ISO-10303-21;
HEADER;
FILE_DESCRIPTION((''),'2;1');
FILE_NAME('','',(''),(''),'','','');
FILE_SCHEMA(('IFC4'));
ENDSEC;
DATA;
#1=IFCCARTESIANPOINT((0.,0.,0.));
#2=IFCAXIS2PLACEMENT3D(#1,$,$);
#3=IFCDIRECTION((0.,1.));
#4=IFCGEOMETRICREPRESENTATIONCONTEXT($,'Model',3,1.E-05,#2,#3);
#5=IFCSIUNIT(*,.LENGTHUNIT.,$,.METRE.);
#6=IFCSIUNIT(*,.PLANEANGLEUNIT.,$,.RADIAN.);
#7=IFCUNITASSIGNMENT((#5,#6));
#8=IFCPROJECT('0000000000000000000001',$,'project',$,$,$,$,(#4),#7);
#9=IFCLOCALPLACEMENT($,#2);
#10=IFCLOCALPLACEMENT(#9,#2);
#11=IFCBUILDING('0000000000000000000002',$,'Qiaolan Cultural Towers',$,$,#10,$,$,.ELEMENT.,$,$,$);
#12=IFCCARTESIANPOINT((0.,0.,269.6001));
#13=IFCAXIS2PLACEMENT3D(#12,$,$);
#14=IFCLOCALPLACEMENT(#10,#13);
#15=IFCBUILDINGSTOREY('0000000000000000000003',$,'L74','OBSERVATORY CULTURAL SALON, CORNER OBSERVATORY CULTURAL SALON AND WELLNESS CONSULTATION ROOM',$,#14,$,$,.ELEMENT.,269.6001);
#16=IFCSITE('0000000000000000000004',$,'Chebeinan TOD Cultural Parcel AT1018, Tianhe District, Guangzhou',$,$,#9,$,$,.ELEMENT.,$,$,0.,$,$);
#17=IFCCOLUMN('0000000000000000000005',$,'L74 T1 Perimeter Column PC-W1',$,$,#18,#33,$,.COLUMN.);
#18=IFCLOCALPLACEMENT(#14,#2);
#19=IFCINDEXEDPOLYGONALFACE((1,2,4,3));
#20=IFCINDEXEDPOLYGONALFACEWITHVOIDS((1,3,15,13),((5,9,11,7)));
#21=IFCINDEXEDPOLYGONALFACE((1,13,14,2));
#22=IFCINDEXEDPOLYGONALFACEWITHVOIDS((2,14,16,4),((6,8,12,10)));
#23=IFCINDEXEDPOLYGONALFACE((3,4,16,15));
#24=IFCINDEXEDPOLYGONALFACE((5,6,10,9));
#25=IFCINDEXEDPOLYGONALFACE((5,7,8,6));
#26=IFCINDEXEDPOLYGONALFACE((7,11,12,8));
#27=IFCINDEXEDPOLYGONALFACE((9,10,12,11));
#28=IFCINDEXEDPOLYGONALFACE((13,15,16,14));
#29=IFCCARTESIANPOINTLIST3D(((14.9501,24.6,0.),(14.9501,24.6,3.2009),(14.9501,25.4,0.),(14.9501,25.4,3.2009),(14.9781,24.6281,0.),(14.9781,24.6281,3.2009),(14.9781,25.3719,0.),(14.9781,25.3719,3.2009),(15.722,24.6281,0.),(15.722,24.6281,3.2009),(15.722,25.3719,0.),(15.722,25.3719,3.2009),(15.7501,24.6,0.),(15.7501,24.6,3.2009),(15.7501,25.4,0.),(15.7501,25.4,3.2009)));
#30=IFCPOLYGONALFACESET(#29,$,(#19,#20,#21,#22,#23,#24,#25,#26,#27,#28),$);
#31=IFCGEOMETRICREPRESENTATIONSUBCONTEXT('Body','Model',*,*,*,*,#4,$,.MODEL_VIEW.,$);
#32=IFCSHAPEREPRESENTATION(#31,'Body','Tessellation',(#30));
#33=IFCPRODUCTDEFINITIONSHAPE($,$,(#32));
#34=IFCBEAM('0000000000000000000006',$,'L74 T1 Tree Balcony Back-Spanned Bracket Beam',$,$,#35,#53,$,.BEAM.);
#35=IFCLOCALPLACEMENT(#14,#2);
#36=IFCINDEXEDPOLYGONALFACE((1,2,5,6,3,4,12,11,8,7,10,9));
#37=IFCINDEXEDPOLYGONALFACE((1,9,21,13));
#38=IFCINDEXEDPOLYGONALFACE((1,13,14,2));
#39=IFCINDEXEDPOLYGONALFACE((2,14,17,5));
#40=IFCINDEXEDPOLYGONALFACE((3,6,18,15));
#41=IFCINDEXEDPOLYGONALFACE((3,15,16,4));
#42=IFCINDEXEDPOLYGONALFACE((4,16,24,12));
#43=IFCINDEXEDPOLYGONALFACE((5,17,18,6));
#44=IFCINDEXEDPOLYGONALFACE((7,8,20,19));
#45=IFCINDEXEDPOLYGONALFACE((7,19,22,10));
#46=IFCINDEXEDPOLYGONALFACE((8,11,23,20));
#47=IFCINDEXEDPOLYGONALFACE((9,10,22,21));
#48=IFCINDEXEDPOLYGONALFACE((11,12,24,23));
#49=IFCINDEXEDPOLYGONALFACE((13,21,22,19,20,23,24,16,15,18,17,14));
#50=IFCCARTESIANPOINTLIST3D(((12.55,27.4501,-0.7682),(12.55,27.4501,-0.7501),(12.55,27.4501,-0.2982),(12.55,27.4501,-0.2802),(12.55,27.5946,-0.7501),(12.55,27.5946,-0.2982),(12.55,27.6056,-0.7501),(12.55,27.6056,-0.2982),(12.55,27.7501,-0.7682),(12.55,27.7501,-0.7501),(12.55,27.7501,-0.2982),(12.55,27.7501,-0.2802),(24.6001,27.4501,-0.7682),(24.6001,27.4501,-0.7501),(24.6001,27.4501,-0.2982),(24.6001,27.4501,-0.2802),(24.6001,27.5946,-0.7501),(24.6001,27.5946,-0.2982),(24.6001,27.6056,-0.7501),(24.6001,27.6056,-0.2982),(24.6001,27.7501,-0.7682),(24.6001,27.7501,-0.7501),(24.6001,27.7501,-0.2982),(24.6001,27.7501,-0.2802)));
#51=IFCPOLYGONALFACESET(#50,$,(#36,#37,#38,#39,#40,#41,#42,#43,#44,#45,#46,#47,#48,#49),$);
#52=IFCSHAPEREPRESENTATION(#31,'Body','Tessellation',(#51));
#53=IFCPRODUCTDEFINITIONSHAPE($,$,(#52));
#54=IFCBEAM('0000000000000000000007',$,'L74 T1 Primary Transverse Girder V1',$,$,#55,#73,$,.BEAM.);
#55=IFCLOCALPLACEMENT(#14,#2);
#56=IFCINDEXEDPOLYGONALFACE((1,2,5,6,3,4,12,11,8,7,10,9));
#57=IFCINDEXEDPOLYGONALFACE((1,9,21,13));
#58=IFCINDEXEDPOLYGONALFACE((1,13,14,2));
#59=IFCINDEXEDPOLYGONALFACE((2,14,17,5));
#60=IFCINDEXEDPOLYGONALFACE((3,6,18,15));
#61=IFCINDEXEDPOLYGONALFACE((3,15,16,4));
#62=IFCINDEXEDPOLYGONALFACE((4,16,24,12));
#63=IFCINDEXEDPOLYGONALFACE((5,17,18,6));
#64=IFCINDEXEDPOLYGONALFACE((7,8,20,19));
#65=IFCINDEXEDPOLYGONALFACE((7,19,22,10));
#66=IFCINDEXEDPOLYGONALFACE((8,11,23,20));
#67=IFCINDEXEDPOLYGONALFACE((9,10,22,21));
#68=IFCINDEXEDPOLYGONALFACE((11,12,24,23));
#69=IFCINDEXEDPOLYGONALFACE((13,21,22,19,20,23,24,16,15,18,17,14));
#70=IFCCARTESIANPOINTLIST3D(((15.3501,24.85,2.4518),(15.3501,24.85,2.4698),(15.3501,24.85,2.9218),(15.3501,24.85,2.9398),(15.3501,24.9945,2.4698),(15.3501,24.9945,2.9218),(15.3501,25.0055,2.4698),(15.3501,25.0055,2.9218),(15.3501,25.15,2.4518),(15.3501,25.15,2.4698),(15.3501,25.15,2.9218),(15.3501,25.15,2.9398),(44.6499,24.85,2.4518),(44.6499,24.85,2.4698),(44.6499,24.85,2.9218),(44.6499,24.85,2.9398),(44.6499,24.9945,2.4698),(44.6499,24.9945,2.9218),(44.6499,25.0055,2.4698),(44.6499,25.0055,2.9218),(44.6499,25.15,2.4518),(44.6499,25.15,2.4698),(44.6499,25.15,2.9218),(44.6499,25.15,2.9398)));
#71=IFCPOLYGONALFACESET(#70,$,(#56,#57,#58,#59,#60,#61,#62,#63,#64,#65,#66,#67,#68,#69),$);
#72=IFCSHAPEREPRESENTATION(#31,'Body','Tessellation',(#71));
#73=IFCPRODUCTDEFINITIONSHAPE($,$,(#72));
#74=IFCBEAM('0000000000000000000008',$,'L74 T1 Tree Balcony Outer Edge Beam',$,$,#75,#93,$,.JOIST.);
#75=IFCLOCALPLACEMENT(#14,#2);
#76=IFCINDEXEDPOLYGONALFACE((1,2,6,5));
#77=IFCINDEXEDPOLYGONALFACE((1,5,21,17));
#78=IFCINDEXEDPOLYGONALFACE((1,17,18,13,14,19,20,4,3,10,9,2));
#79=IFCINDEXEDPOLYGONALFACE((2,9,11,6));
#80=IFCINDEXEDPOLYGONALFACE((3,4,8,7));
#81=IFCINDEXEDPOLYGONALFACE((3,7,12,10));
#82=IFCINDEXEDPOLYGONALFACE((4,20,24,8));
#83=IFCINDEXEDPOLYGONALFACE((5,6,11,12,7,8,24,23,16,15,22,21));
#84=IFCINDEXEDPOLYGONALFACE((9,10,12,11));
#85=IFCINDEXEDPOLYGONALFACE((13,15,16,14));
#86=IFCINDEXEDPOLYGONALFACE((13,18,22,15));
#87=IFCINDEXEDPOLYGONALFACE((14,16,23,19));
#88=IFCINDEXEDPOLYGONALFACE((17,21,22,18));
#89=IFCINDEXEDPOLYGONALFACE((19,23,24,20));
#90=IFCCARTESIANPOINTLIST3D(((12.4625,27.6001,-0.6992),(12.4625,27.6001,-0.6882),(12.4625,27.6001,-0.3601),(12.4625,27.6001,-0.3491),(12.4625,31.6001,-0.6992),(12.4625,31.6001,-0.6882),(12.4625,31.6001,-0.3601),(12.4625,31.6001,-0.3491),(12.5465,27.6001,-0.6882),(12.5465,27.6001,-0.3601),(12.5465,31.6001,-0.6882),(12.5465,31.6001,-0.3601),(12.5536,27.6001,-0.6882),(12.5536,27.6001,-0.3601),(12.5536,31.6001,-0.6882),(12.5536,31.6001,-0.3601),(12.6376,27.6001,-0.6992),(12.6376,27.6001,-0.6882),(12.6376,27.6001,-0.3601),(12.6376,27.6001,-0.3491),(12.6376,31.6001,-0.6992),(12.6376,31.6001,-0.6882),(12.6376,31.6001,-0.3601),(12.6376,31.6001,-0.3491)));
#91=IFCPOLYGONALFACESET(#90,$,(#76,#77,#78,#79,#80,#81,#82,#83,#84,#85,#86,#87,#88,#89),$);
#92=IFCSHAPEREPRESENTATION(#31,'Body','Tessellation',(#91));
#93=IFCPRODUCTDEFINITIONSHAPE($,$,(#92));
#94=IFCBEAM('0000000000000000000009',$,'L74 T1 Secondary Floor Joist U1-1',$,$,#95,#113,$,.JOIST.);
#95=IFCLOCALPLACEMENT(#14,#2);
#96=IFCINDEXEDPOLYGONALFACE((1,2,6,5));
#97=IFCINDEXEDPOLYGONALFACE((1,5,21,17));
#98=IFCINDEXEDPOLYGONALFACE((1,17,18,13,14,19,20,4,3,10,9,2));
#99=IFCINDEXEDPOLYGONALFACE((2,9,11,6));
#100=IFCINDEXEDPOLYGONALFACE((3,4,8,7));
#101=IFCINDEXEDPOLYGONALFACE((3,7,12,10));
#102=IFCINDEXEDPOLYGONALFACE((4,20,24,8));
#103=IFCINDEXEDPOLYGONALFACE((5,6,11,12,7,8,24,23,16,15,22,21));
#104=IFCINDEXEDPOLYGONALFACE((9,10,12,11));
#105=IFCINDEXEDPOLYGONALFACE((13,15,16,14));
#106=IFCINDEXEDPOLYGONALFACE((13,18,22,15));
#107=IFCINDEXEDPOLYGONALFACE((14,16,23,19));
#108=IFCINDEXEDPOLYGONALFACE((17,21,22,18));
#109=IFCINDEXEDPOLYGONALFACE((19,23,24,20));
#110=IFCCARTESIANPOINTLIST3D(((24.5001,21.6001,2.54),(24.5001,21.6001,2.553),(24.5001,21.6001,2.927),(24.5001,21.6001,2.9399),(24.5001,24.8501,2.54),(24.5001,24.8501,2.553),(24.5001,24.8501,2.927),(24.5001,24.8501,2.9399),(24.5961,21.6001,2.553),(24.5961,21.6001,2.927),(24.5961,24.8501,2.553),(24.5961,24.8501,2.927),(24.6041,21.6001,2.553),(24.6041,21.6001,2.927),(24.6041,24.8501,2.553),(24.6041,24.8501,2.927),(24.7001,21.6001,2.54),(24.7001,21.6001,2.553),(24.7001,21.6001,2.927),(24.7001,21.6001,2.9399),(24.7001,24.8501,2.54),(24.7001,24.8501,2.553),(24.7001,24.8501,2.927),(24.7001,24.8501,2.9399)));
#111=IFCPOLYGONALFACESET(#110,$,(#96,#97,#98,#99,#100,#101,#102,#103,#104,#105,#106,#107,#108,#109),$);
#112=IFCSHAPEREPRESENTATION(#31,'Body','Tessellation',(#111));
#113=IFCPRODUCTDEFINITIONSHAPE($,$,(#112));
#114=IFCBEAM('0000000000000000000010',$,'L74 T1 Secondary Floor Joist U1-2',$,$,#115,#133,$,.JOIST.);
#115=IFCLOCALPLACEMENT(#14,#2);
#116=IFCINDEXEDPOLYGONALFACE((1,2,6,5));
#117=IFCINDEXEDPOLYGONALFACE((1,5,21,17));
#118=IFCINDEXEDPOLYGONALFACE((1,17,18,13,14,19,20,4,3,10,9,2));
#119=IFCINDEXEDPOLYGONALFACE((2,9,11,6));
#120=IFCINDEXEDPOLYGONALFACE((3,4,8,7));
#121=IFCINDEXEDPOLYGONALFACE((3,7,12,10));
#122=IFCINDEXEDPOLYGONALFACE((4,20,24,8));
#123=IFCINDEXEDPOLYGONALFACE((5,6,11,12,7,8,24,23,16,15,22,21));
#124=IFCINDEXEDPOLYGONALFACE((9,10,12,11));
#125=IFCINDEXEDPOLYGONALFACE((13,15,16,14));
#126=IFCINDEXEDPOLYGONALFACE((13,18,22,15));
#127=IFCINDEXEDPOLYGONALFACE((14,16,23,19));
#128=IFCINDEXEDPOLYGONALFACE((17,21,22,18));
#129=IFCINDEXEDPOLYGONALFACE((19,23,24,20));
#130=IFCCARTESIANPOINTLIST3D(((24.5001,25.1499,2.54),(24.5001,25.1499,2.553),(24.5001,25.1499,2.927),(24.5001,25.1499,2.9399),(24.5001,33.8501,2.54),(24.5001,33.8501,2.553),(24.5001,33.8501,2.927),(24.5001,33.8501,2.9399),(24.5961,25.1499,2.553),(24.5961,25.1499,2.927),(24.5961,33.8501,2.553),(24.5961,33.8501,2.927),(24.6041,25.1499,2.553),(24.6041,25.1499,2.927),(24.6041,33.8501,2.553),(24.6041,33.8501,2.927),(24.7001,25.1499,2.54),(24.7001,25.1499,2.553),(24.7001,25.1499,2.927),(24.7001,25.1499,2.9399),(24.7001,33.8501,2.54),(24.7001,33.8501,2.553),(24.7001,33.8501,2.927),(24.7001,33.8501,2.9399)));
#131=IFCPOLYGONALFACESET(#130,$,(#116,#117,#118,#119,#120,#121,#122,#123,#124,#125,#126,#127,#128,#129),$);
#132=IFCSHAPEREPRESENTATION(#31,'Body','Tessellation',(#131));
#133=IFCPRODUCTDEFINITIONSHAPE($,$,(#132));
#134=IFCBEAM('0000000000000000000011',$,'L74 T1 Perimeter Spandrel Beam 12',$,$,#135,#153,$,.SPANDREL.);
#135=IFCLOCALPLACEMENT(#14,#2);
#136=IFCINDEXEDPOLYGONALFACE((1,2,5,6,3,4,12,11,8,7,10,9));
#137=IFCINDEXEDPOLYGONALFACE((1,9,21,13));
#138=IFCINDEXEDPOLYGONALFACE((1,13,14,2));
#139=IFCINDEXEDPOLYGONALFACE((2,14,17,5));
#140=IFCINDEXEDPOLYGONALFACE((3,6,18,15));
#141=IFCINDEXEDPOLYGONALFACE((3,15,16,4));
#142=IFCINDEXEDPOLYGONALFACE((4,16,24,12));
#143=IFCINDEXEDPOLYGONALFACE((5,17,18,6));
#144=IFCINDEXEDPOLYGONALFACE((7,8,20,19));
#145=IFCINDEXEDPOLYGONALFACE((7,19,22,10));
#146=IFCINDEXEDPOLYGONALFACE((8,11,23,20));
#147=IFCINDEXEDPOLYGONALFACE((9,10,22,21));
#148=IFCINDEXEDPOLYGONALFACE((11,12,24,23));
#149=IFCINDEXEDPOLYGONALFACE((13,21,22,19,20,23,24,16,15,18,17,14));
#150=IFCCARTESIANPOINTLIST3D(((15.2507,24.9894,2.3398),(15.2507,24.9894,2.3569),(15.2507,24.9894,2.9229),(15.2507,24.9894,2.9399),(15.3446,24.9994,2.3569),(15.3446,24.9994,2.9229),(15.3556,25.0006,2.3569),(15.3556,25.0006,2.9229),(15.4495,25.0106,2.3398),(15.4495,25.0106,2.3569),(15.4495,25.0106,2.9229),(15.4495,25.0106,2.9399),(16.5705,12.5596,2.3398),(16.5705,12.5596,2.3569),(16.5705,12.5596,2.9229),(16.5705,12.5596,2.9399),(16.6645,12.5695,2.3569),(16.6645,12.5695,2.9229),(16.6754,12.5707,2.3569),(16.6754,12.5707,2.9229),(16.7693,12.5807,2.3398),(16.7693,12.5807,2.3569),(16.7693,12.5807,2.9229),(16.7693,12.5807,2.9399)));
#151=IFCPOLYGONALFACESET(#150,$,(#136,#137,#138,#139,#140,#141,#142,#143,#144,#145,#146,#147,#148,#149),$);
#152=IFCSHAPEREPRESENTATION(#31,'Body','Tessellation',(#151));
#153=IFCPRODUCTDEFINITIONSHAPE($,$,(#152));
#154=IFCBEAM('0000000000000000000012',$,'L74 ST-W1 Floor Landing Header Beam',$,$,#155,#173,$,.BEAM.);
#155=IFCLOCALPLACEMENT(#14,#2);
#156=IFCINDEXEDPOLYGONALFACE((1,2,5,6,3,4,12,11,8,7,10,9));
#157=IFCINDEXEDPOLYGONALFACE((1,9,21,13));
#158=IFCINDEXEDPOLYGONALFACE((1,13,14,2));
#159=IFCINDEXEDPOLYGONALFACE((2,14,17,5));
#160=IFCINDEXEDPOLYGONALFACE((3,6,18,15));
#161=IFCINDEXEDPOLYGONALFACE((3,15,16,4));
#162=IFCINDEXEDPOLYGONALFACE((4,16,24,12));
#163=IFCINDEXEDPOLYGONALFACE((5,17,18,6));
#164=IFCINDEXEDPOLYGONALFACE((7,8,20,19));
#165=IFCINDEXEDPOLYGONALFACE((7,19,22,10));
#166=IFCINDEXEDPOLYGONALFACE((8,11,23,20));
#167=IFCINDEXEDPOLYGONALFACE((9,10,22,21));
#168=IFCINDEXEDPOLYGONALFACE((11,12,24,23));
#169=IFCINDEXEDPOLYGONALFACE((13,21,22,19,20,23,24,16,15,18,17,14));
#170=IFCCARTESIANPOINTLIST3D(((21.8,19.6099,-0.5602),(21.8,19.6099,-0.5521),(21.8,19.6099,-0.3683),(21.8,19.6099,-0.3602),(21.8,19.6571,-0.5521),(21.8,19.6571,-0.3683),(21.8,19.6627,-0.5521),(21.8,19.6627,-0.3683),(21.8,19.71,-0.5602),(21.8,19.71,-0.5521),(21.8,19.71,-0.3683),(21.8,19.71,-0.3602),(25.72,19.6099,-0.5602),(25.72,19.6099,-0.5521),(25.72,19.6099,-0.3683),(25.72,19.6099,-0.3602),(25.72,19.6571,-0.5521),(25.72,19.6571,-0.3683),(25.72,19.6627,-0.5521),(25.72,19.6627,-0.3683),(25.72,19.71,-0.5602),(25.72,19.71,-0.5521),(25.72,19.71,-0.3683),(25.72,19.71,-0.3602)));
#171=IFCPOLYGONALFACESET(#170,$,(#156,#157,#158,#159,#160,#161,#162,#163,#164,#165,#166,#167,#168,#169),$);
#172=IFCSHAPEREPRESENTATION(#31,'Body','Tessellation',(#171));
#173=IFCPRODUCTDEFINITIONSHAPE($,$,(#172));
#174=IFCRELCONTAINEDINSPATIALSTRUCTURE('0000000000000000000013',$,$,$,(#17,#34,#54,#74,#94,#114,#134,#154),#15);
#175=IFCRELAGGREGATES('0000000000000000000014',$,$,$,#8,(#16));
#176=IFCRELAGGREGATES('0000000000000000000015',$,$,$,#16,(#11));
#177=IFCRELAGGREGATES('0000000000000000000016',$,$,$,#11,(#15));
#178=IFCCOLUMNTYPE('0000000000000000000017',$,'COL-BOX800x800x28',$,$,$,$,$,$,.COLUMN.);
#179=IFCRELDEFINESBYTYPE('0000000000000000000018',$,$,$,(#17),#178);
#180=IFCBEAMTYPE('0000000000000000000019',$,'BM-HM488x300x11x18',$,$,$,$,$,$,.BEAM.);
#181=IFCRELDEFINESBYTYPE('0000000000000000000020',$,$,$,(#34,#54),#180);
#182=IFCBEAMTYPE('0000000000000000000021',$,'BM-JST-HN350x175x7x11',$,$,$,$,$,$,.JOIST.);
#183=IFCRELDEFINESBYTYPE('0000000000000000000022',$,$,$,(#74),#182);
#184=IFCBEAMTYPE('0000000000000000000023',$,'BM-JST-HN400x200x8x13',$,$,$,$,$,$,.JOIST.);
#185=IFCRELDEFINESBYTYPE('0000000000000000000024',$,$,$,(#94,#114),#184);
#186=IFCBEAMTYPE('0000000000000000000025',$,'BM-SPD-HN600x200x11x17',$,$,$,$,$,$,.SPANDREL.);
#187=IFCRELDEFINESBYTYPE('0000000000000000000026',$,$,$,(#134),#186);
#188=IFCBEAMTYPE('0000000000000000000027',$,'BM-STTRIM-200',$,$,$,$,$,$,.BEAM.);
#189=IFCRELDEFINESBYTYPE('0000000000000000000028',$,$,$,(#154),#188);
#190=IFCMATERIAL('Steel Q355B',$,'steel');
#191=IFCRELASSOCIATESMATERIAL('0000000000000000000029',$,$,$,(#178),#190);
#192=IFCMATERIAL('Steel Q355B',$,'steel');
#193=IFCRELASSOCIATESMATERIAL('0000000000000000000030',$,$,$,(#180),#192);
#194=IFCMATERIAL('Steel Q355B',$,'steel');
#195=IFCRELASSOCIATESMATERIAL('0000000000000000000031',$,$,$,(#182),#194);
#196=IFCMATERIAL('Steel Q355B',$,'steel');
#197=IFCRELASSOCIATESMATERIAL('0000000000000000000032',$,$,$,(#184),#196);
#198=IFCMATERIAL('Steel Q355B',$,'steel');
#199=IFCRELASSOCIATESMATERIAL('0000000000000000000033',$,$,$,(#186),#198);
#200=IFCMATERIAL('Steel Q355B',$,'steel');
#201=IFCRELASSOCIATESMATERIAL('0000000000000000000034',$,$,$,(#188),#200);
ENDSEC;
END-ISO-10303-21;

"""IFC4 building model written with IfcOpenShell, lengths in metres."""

from ifc_helpers import new_model, si_unit, direction, frame, origin, origin_2d, place, context, subcontext, project, spatial, hollow_rectangle, i_section, extrude, material, material_profile, profile_set, type_object, element, save


model = new_model("IFC4")

# Units and contexts
model_context = context("Model", 3, precision=1e-05, world=origin(), true_north=direction((0.0, 1.0)))
body_context = subcontext(model_context, "Body", "Model", "MODEL_VIEW")
ifc_project = project(units=[si_unit("LENGTHUNIT", "METRE"), si_unit("PLANEANGLEUNIT", "RADIAN")], contexts=[model_context])

# Site, building, storey
site_placement = place(None, origin())
site = spatial("IfcSite", under=ifc_project, at=site_placement, Name="Chebeinan TOD Cultural Parcel AT1018, Tianhe District, Guangzhou", CompositionType="ELEMENT", RefElevation=0.0)
building_placement = place(site_placement, origin())
building = spatial("IfcBuilding", under=site, at=building_placement, Name="Qiaolan Cultural Towers", CompositionType="ELEMENT")
storey_placement = place(building_placement, frame((0.0, 0.0, 269.6001)))
storey = spatial("IfcBuildingStorey", under=building, at=storey_placement, Name="L74", Description="OBSERVATORY CULTURAL SALON, CORNER OBSERVATORY CULTURAL SALON AND WELLNESS CONSULTATION ROOM", CompositionType="ELEMENT", Elevation=269.6001)

# Column
ifc_material_1 = material(Name="Steel Q355B", Category="steel")
ifc_material_profile_1 = material_profile(ifc_material_1, hollow_rectangle(XDim=0.8, YDim=0.8, WallThickness=0.0281, at=origin_2d()), Name="BOX800x800x28")
ifc_profile_set_1 = profile_set([ifc_material_profile_1], Name="Steel Q355B")
column_type = type_object("IfcColumnType", Name="COL-BOX800x800x28", PredefinedType="COLUMN", material=ifc_profile_set_1)
column_placement = place(storey_placement, frame((15.3501, 25.0, 0.0), z_axis=(0.0, 0.0, 1.0), x_axis=(1.0, 0.0, 0.0)))
element("IfcColumn", 1, at=column_placement, inside=storey, type_object=column_type, Name="L74 T1 Perimeter Column PC-W1", PredefinedType="COLUMN", context=body_context, shape_type="SweptSolid", body=[
    extrude(hollow_rectangle(XDim=0.8, YDim=0.8, WallThickness=0.0281, at=origin_2d()), origin(), (0.0, 0.0, 1.0), 3.2009),
])

# Beams
ifc_material_2 = material(Name="Steel Q355B", Category="steel")
ifc_material_profile_2 = material_profile(ifc_material_2, i_section(OverallWidth=0.3, OverallDepth=0.488, WebThickness=0.011, FlangeThickness=0.0181, at=origin_2d()), Name="HM488x300x11x18")
ifc_profile_set_2 = profile_set([ifc_material_profile_2], Name="Steel Q355B")
beam_type_1 = type_object("IfcBeamType", Name="BM-HM488x300x11x18", PredefinedType="BEAM", material=ifc_profile_set_2)
beam_1_placement = place(storey_placement, frame((24.6001, 27.6001, -0.5242), z_axis=(-1.0, 0.0, 0.0), x_axis=(0.0, -1.0, 0.0)))
element("IfcBeam", 2, at=beam_1_placement, inside=storey, type_object=beam_type_1, Name="L74 T1 Tree Balcony Back-Spanned Bracket Beam", PredefinedType="BEAM", context=body_context, shape_type="SweptSolid", body=[
    extrude(i_section(OverallWidth=0.3, OverallDepth=0.488, WebThickness=0.011, FlangeThickness=0.0181, at=origin_2d()), origin(), (0.0, 0.0, 1.0), 12.05),
])
beam_2_placement = place(storey_placement, frame((15.3501, 25.0, 2.6958), z_axis=(1.0, 0.0, 0.0), x_axis=(0.0, 1.0, 0.0)))
element("IfcBeam", 3, at=beam_2_placement, inside=storey, type_object=beam_type_1, Name="L74 T1 Primary Transverse Girder V1", PredefinedType="BEAM", context=body_context, shape_type="SweptSolid", body=[
    extrude(i_section(OverallWidth=0.3, OverallDepth=0.488, WebThickness=0.011, FlangeThickness=0.0181, at=origin_2d()), origin(), (0.0, 0.0, 1.0), 29.2998),
])
ifc_material_3 = material(Name="Steel Q355B", Category="steel")
ifc_material_profile_3 = material_profile(ifc_material_3, i_section(OverallWidth=0.175, OverallDepth=0.3501, WebThickness=0.0071, FlangeThickness=0.011, at=origin_2d()), Name="HN350x175x7x11")
ifc_profile_set_3 = profile_set([ifc_material_profile_3], Name="Steel Q355B")
beam_type_2 = type_object("IfcBeamType", Name="BM-JST-HN350x175x7x11", PredefinedType="JOIST", material=ifc_profile_set_3)
beam_3_placement = place(storey_placement, frame((12.55, 27.6001, -0.5242), z_axis=(0.0, 1.0, 0.0), x_axis=(-1.0, 0.0, 0.0)))
element("IfcBeam", 4, at=beam_3_placement, inside=storey, type_object=beam_type_2, Name="L74 T1 Tree Balcony Outer Edge Beam", PredefinedType="JOIST", context=body_context, shape_type="SweptSolid", body=[
    extrude(i_section(OverallWidth=0.175, OverallDepth=0.3501, WebThickness=0.0071, FlangeThickness=0.011, at=origin_2d()), origin(), (0.0, 0.0, 1.0), 4.0),
])
ifc_material_4 = material(Name="Steel Q355B", Category="steel")
ifc_material_profile_4 = material_profile(ifc_material_4, i_section(OverallWidth=0.2, OverallDepth=0.3999, WebThickness=0.0081, FlangeThickness=0.0129, at=origin_2d()), Name="HN400x200x8x13")
ifc_profile_set_4 = profile_set([ifc_material_profile_4], Name="Steel Q355B")
beam_type_3 = type_object("IfcBeamType", Name="BM-JST-HN400x200x8x13", PredefinedType="JOIST", material=ifc_profile_set_4)
beam_4_placement = place(storey_placement, frame((24.6001, 21.6001, 2.74), z_axis=(0.0, 1.0, 0.0), x_axis=(-1.0, 0.0, 0.0)))
element("IfcBeam", 5, at=beam_4_placement, inside=storey, type_object=beam_type_3, Name="L74 T1 Secondary Floor Joist U1-1", PredefinedType="JOIST", context=body_context, shape_type="SweptSolid", body=[
    extrude(i_section(OverallWidth=0.2, OverallDepth=0.3999, WebThickness=0.0081, FlangeThickness=0.0129, at=origin_2d()), origin(), (0.0, 0.0, 1.0), 3.25),
])
beam_5_placement = place(storey_placement, frame((24.6001, 25.1499, 2.74), z_axis=(0.0, 1.0, 0.0), x_axis=(-1.0, 0.0, 0.0)))
element("IfcBeam", 6, at=beam_5_placement, inside=storey, type_object=beam_type_3, Name="L74 T1 Secondary Floor Joist U1-2", PredefinedType="JOIST", context=body_context, shape_type="SweptSolid", body=[
    extrude(i_section(OverallWidth=0.2, OverallDepth=0.3999, WebThickness=0.0081, FlangeThickness=0.0129, at=origin_2d()), origin(), (0.0, 0.0, 1.0), 8.7002),
])
ifc_material_5 = material(Name="Steel Q355B", Category="steel")
ifc_material_profile_5 = material_profile(ifc_material_5, i_section(OverallWidth=0.2, OverallDepth=0.6001, WebThickness=0.011, FlangeThickness=0.0171, at=origin_2d()), Name="HN600x200x11x17")
ifc_profile_set_5 = profile_set([ifc_material_profile_5], Name="Steel Q355B")
beam_type_4 = type_object("IfcBeamType", Name="BM-SPD-HN600x200x11x17", PredefinedType="SPANDREL", material=ifc_profile_set_5)
beam_6_placement = place(storey_placement, frame((15.3501, 25.0, 2.6399), z_axis=(0.105588, -0.99441, 0.0), x_axis=(0.99441, 0.105588, 0.0)))
element("IfcBeam", 7, at=beam_6_placement, inside=storey, type_object=beam_type_4, Name="L74 T1 Perimeter Spandrel Beam 12", PredefinedType="SPANDREL", context=body_context, shape_type="SweptSolid", body=[
    extrude(i_section(OverallWidth=0.2, OverallDepth=0.6001, WebThickness=0.011, FlangeThickness=0.0171, at=origin_2d()), origin(), (0.0, 0.0, 1.0), 12.4998),
])
ifc_material_6 = material(Name="Steel Q355B", Category="steel")
ifc_material_profile_6 = material_profile(ifc_material_6, i_section(OverallWidth=0.1001, OverallDepth=0.2, WebThickness=0.0056, FlangeThickness=0.0081, at=origin_2d()), Name="HN200x100x5.5x8")
ifc_profile_set_6 = profile_set([ifc_material_profile_6], Name="Steel Q355B")
beam_type_5 = type_object("IfcBeamType", Name="BM-STTRIM-200", PredefinedType="BEAM", material=ifc_profile_set_6)
beam_7_placement = place(storey_placement, frame((21.8, 19.6599, -0.4602), z_axis=(1.0, 0.0, 0.0), x_axis=(0.0, 1.0, 0.0)))
element("IfcBeam", 8, at=beam_7_placement, inside=storey, type_object=beam_type_5, Name="L74 ST-W1 Floor Landing Header Beam", PredefinedType="BEAM", context=body_context, shape_type="SweptSolid", body=[
    extrude(i_section(OverallWidth=0.1001, OverallDepth=0.2, WebThickness=0.0056, FlangeThickness=0.0081, at=origin_2d()), origin(), (0.0, 0.0, 1.0), 3.9199),
])

save(model, "model.ifc")
